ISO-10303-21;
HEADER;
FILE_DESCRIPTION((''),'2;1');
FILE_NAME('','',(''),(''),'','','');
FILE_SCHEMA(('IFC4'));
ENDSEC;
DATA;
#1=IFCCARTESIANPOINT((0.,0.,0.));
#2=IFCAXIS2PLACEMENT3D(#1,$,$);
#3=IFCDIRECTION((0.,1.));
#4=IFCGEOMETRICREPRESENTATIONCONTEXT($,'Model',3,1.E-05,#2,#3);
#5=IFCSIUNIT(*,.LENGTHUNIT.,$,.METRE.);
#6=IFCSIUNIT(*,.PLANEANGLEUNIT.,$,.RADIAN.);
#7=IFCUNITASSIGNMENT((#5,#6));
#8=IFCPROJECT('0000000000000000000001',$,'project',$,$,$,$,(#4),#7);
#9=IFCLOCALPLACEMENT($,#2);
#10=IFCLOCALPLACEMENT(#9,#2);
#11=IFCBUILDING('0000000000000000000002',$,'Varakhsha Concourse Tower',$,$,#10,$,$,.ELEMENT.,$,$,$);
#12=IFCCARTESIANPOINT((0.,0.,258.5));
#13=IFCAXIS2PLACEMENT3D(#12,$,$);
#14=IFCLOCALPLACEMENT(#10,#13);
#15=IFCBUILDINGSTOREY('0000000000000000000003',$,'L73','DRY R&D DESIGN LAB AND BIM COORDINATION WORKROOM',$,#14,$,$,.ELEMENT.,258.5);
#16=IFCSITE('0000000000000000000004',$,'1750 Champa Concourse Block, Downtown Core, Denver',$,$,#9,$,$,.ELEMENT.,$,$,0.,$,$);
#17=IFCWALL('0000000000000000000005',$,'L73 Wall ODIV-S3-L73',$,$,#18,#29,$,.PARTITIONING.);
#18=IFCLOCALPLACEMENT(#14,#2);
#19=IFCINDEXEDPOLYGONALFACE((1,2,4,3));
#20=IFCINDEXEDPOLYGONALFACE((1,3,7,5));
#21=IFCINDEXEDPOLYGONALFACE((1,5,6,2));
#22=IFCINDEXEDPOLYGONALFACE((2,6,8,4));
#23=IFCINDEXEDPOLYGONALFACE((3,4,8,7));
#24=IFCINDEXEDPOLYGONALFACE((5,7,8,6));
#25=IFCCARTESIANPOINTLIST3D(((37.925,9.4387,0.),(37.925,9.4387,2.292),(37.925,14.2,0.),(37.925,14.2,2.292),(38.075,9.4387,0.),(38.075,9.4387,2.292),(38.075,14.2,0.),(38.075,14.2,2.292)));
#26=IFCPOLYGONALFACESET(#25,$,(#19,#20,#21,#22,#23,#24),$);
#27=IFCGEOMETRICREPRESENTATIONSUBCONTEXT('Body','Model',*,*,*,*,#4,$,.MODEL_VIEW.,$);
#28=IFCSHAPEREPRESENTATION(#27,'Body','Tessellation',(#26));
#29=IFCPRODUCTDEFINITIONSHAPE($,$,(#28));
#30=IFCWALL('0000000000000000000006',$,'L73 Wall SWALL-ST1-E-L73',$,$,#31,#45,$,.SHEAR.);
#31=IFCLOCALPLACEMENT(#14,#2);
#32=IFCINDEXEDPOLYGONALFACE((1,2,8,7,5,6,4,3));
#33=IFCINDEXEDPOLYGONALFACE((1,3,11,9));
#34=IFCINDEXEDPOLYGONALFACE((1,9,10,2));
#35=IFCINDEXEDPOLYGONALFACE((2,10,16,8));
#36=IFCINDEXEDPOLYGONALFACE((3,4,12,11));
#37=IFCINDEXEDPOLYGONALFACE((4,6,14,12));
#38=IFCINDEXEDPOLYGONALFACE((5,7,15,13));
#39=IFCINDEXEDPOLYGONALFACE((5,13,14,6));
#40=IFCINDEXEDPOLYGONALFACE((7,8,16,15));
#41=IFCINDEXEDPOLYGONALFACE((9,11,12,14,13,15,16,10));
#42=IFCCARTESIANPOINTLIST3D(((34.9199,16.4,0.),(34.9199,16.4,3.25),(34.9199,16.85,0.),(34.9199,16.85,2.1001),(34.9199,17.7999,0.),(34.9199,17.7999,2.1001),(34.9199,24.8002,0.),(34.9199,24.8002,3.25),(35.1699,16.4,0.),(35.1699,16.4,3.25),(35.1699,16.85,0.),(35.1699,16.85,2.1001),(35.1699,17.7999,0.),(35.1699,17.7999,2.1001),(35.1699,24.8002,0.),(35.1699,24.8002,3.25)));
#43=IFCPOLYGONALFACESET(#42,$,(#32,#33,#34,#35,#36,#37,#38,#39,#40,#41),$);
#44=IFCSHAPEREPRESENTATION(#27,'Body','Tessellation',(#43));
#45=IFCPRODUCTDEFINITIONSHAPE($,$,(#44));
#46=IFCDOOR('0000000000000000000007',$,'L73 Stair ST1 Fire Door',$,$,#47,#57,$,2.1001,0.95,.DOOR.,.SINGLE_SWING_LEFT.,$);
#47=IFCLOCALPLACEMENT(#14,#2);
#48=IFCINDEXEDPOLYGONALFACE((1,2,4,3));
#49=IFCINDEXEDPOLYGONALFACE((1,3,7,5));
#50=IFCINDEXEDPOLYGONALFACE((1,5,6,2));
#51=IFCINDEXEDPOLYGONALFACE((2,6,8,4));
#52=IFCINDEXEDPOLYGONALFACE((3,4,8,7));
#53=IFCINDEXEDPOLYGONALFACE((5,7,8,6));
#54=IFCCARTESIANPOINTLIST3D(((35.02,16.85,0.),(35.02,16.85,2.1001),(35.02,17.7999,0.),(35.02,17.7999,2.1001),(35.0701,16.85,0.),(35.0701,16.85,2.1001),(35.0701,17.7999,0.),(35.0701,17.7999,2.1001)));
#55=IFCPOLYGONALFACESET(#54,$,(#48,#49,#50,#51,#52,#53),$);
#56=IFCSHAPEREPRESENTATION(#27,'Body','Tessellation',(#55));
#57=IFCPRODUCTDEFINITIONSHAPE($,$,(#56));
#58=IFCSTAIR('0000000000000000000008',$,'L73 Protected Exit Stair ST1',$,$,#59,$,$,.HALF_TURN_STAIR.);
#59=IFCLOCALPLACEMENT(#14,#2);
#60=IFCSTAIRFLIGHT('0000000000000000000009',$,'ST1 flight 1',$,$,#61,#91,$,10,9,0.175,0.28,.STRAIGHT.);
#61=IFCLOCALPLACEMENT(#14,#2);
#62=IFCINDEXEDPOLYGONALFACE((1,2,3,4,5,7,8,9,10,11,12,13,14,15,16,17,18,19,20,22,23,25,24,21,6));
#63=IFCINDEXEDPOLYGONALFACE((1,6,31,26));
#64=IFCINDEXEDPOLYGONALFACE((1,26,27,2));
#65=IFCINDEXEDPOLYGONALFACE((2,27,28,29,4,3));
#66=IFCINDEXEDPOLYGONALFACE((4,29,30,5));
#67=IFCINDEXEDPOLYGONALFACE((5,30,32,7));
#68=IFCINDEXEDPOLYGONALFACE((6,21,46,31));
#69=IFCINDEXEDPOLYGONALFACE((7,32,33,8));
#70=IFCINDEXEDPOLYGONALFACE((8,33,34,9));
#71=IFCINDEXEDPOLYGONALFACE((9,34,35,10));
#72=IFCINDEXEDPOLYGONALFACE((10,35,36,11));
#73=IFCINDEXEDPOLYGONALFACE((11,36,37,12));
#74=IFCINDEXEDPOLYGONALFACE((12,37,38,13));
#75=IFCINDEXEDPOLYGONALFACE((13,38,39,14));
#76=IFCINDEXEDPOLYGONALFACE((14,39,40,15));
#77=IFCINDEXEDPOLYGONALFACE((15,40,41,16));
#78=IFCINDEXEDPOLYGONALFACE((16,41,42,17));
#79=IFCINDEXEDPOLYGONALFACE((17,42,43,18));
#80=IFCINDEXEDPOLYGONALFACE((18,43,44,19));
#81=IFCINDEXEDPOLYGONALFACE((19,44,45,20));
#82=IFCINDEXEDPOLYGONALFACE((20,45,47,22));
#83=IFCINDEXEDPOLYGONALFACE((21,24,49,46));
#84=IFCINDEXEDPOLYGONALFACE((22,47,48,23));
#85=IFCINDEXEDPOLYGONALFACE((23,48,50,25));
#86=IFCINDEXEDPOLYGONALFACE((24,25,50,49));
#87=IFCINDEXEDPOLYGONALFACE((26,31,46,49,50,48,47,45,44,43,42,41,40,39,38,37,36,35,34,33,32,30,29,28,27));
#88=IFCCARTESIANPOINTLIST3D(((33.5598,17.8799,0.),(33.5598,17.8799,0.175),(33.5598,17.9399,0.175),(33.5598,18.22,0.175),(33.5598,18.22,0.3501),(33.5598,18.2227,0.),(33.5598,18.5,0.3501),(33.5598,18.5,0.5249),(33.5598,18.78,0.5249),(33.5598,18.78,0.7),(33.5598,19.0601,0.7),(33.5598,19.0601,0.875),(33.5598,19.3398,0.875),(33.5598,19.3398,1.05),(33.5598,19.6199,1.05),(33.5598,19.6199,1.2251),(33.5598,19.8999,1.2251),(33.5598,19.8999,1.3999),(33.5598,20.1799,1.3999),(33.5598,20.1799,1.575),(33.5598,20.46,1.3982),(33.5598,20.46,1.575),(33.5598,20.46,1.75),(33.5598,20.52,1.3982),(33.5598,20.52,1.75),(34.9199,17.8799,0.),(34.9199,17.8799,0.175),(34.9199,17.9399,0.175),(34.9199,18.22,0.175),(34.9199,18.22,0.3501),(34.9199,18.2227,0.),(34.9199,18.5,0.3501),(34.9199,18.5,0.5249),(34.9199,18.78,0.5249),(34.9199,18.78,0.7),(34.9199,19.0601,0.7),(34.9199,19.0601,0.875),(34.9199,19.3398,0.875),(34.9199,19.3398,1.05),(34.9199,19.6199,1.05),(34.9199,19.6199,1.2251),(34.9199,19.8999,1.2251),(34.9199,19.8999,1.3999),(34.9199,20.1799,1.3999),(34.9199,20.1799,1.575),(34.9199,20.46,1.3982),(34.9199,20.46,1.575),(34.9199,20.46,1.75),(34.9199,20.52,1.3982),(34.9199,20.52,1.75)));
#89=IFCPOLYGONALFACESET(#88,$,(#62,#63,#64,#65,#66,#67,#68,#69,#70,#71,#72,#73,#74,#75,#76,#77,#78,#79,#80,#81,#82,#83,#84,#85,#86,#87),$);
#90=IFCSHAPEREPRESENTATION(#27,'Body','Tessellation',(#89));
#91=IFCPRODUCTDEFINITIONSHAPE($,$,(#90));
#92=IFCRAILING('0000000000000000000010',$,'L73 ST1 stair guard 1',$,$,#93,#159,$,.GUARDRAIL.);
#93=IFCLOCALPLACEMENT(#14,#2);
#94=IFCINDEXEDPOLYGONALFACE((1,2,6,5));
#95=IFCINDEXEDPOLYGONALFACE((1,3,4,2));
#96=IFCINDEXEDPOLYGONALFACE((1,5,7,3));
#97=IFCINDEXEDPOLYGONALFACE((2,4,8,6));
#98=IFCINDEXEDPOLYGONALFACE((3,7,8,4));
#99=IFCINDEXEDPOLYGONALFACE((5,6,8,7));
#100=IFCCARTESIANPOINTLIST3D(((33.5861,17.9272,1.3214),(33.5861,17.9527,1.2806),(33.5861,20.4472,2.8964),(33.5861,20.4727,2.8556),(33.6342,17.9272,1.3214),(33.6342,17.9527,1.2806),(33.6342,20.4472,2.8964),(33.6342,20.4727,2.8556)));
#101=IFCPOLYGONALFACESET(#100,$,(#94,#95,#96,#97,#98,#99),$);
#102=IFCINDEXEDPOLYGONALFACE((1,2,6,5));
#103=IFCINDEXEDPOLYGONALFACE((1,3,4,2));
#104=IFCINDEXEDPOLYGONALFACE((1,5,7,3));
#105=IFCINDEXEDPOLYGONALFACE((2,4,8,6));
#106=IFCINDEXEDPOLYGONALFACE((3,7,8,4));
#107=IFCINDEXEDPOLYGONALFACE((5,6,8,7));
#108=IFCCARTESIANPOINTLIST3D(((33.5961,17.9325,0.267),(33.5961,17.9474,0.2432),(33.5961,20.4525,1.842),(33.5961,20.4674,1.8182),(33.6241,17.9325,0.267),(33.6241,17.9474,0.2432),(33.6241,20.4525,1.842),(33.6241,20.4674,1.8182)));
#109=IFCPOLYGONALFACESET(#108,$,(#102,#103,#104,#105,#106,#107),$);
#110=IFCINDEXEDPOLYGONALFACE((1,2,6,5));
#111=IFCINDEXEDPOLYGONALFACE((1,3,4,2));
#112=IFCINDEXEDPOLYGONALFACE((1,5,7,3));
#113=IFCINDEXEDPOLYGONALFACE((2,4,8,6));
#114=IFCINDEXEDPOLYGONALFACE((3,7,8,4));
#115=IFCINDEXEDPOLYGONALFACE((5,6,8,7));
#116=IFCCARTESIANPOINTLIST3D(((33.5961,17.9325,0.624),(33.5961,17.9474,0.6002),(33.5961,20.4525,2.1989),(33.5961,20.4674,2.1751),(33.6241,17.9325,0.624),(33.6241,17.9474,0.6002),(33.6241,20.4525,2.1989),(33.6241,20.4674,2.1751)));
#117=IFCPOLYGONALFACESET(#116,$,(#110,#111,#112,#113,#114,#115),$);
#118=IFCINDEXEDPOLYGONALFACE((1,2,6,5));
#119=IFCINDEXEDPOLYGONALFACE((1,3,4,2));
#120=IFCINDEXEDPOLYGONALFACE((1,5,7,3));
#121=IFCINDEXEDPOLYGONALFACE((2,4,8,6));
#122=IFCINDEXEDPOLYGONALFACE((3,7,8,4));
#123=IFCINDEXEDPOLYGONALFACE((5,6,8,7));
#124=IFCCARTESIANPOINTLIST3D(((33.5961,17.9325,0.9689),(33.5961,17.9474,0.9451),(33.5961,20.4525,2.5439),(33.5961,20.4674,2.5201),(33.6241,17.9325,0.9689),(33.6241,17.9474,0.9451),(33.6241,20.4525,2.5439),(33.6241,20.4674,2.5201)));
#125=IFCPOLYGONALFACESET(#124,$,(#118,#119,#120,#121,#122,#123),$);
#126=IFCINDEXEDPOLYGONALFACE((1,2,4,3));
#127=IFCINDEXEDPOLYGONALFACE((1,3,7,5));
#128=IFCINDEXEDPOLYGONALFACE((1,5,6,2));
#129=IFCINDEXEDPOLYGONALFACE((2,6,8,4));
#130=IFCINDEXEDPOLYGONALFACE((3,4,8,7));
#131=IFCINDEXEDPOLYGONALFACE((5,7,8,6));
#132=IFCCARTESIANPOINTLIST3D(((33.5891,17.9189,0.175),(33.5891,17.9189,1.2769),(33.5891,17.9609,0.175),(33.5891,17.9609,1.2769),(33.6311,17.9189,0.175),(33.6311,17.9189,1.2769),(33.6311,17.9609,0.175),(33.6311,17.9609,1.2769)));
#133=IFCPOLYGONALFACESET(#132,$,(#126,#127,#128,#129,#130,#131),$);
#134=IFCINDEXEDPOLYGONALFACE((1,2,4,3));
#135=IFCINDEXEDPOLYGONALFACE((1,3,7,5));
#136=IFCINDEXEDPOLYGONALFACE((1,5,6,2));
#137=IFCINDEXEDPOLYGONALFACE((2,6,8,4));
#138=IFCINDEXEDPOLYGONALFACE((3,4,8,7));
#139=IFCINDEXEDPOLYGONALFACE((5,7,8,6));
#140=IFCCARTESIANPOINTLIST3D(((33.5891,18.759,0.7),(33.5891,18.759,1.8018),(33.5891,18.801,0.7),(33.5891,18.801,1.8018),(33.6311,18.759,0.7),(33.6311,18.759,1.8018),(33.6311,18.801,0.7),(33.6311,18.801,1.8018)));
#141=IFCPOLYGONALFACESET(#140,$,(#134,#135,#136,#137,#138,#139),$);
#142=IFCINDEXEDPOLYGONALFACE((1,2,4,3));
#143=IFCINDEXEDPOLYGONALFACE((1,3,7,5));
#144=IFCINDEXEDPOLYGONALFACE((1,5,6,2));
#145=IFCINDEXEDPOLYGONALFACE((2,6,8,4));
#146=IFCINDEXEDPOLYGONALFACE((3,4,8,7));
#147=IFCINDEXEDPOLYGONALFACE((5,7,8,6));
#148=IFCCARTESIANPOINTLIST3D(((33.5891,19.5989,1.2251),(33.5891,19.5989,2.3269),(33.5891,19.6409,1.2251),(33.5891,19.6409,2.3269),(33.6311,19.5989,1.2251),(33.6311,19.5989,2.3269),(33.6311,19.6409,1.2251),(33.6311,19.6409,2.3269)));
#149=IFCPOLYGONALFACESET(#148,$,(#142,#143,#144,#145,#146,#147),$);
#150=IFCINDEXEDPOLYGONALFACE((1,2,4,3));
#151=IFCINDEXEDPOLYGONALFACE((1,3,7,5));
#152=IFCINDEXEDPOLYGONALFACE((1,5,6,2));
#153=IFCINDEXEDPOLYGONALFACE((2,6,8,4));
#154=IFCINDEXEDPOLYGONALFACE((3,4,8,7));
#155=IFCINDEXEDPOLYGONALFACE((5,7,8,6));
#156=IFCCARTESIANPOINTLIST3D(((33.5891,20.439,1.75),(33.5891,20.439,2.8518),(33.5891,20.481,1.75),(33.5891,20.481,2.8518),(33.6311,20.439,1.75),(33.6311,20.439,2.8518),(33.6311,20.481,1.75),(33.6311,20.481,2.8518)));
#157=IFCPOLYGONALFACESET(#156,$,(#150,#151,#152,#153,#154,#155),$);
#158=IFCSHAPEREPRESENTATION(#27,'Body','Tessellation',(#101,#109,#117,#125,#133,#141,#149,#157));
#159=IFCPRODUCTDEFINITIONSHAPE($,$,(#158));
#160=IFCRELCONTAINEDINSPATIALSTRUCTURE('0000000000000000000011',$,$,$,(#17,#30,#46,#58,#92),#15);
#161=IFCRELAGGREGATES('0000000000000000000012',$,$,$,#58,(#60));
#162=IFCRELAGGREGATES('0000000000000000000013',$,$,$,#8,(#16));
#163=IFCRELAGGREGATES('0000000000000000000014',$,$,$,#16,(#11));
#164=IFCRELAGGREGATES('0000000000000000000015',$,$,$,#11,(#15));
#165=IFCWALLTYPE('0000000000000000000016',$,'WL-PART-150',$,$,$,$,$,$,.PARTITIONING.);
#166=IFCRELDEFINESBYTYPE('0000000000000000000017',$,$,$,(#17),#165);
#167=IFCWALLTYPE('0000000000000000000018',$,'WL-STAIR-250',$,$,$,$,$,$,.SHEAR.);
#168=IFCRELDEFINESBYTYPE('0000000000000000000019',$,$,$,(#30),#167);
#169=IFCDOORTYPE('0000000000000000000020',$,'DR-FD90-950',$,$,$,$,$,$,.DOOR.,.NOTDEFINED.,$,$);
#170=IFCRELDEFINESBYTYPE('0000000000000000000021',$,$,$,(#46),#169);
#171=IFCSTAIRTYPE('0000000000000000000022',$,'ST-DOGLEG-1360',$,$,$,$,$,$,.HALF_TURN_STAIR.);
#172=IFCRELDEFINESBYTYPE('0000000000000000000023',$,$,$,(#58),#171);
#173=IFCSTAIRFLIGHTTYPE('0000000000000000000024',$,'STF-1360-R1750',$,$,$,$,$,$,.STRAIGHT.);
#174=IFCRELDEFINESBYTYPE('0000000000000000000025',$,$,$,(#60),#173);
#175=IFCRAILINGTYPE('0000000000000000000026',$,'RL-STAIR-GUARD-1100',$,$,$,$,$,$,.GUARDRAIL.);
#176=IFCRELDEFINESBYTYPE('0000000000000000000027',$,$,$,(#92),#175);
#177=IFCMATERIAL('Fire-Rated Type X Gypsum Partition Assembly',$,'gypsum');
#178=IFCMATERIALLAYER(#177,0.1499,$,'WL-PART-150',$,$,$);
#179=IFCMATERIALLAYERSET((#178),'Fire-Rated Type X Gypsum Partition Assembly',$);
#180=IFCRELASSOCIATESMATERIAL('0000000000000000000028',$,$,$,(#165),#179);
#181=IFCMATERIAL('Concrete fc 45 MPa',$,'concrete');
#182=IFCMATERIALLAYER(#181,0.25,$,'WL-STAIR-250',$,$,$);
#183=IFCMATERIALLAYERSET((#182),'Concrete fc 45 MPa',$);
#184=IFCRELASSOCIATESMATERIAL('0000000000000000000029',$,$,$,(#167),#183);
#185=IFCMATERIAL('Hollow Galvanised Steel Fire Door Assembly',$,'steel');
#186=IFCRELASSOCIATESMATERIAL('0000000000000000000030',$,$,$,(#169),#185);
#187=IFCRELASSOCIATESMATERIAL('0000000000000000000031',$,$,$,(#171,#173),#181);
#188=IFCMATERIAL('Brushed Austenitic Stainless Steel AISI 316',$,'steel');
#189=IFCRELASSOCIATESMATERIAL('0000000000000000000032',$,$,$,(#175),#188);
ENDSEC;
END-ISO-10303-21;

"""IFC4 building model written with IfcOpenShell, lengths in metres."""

from ifc_helpers import new_model, si_unit, direction, frame, frame_2d, origin, origin_2d, place, context, subcontext, project, spatial, polyline, rectangle, outline, extrude, material, layer, layer_set, type_object, element, fill, aggregate, save


model = new_model("IFC4")

# Units and contexts
model_context = context("Model", 3, precision=1e-05, world=origin(), true_north=direction((0.0, 1.0)))
body_context = subcontext(model_context, "Body", "Model", "MODEL_VIEW")
ifc_project = project(units=[si_unit("LENGTHUNIT", "METRE"), si_unit("PLANEANGLEUNIT", "RADIAN")], contexts=[model_context])

# Site, building, storey
site_placement = place(None, origin())
site = spatial("IfcSite", under=ifc_project, at=site_placement, Name="1750 Champa Concourse Block, Downtown Core, Denver", CompositionType="ELEMENT", RefElevation=0.0)
building_placement = place(site_placement, origin())
building = spatial("IfcBuilding", under=site, at=building_placement, Name="Varakhsha Concourse Tower", CompositionType="ELEMENT")
storey_placement = place(building_placement, frame((0.0, 0.0, 258.5)))
storey = spatial("IfcBuildingStorey", under=building, at=storey_placement, Name="L73", Description="DRY R&D DESIGN LAB AND BIM COORDINATION WORKROOM", CompositionType="ELEMENT", Elevation=258.5)

# Shared definitions
ifc_material_1 = material(Name="Fire-Rated Type X Gypsum Partition Assembly", Category="gypsum")
ifc_material_2 = material(Name="Hollow Galvanised Steel Fire Door Assembly", Category="steel")

# Wall
ifc_layer_1 = layer(ifc_material_1, 0.1499, Name="WL-PART-150")
ifc_layer_set_1 = layer_set([ifc_layer_1], Name="Fire-Rated Type X Gypsum Partition Assembly")
wall_type_1 = type_object("IfcWallType", Name="WL-PART-150", PredefinedType="PARTITIONING", material=ifc_layer_set_1)
wall_1_placement = place(storey_placement, frame((38.0, 9.4387, 0.0), z_axis=(0.0, 0.0, 1.0), x_axis=(0.0, 1.0, 0.0)))
element("IfcWall", 1, at=wall_1_placement, inside=storey, type_object=wall_type_1, Name="L73 Wall ODIV-S3-L73", PredefinedType="PARTITIONING", context=body_context, shape_type="SweptSolid", body=[
    extrude(rectangle(XDim=4.7612, YDim=0.1499, at=frame_2d((2.3806, 0.0))), origin(), (0.0, 0.0, 1.0), 2.292),
])

# Wall, opening, door
ifc_material_3 = material(Name="Concrete fc 45 MPa", Category="concrete")
ifc_layer_2 = layer(ifc_material_3, 0.25, Name="WL-STAIR-250")
ifc_layer_set_2 = layer_set([ifc_layer_2], Name="Concrete fc 45 MPa")
wall_type_2 = type_object("IfcWallType", Name="WL-STAIR-250", PredefinedType="SHEAR", material=ifc_layer_set_2)
wall_2_placement = place(storey_placement, frame((35.0449, 16.3999, 0.0), z_axis=(0.0, 0.0, 1.0), x_axis=(0.0, 1.0, 0.0)))
wall_2 = element("IfcWall", 2, at=wall_2_placement, inside=storey, type_object=wall_type_2, Name="L73 Wall SWALL-ST1-E-L73", PredefinedType="SHEAR", context=body_context, shape_type="SweptSolid", body=[
    extrude(rectangle(XDim=8.4001, YDim=0.25, at=frame_2d((4.2002, 0.0))), origin(), (0.0, 0.0, 1.0), 3.25),
])
opening_1_placement = place(wall_2_placement, frame((0.45, 0.0, 0.0)))
opening_1 = element("IfcOpeningElement", 3, at=opening_1_placement, cuts=wall_2, PredefinedType="OPENING", context=body_context, shape_type="SweptSolid", body=[
    extrude(rectangle(XDim=0.95, YDim=2.1001, at=frame_2d((0.4751, 1.05))), frame((0.0, 0.135, 0.0), z_axis=(0.0, -1.0, 0.0), x_axis=(1.0, 0.0, 0.0)), (0.0, 0.0, 1.0), 0.27),
])
door_type_1 = type_object("IfcDoorType", Name="DR-FD90-950", OperationType="NOTDEFINED", PredefinedType="DOOR", material=ifc_material_2)
door_1_placement = place(opening_1_placement, origin())
door_1 = element("IfcDoor", 4, at=door_1_placement, inside=storey, type_object=door_type_1, Name="L73 Stair ST1 Fire Door", OperationType="SINGLE_SWING_LEFT", OverallHeight=2.1001, OverallWidth=0.95, PredefinedType="DOOR", context=body_context, shape_type="SweptSolid", body=[
    extrude(rectangle(XDim=0.95, YDim=2.1001, at=frame_2d((0.4751, 1.05))), frame((0.0, 0.0249, 0.0), z_axis=(0.0, -1.0, 0.0), x_axis=(1.0, 0.0, 0.0)), (0.0, 0.0, 1.0), 0.05),
])
fill(opening_1, door_1)

# Stair, stair flight
stair_type = type_object("IfcStairType", Name="ST-DOGLEG-1360", PredefinedType="HALF_TURN_STAIR", material=ifc_material_3)
stair_placement = place(storey_placement, origin())
stair = element("IfcStair", 5, at=stair_placement, inside=storey, type_object=stair_type, Name="L73 Protected Exit Stair ST1", PredefinedType="HALF_TURN_STAIR")
stair_flight_type = type_object("IfcStairFlightType", Name="STF-1360-R1750", PredefinedType="STRAIGHT", material=ifc_material_3)
stair_flight_placement = place(storey_placement, frame((34.24, 17.9399, 0.0), z_axis=(0.0, 0.0, 1.0), x_axis=(0.0, 1.0, 0.0)))
stair_flight = element("IfcStairFlight", 6, at=stair_flight_placement, type_object=stair_flight_type, Name="ST1 flight 1", NumberOfRisers=10, NumberOfTreads=9, PredefinedType="STRAIGHT", RiserHeight=0.175, TreadLength=0.28, context=body_context, shape_type="SweptSolid", body=[
    extrude(outline(polyline([(-0.0601, 0.0), (-0.0601, 0.175), (0.0, 0.175), (0.28, 0.175), (0.28, 0.3501), (0.5601, 0.3501), (0.5601, 0.5249), (0.8401, 0.5249), (0.8401, 0.7), (1.1201, 0.7), (1.1201, 0.875), (1.3999, 0.875), (1.3999, 1.05), (1.6799, 1.05), (1.6799, 1.2251), (1.96, 1.2251), (1.96, 1.3999), (2.24, 1.3999), (2.24, 1.575), (2.52, 1.575), (2.52, 1.75), (2.5801, 1.75), (2.5801, 1.3982), (2.52, 1.3982), (0.2827, 0.0), (-0.0601, 0.0)])), frame((0.0, 0.6802, 0.0), z_axis=(0.0, -1.0, 0.0), x_axis=(1.0, 0.0, 0.0)), (0.0, 0.0, 1.0), 1.3601),
])
aggregate(stair, [stair_flight])

# Railing
ifc_material_4 = material(Name="Brushed Austenitic Stainless Steel AISI 316", Category="steel")
railing_type_1 = type_object("IfcRailingType", Name="RL-STAIR-GUARD-1100", PredefinedType="GUARDRAIL", material=ifc_material_4)
railing_1_placement = place(storey_placement, frame((33.6101, 17.9399, 0.175)))
element("IfcRailing", 7, at=railing_1_placement, inside=storey, type_object=railing_type_1, Name="L73 ST1 stair guard 1", PredefinedType="GUARDRAIL", context=body_context, shape_type="SweptSolid", body=[
    extrude(rectangle(XDim=0.0481, YDim=0.0481, at=origin_2d()), frame((0.0, 0.0, 1.126), z_axis=(0.0, 0.848008, 0.529984), x_axis=(-1.0, 0.0, 0.0)), (0.0, 0.0, 1.0), 2.9717),
    extrude(rectangle(XDim=0.0281, YDim=0.0281, at=origin_2d()), frame((0.0, 0.0, 0.0801), z_axis=(0.0, 0.848008, 0.529984), x_axis=(-1.0, 0.0, 0.0)), (0.0, 0.0, 1.0), 2.9717),
    extrude(rectangle(XDim=0.0281, YDim=0.0281, at=origin_2d()), frame((0.0, 0.0, 0.437), z_axis=(0.0, 0.848008, 0.529984), x_axis=(-1.0, 0.0, 0.0)), (0.0, 0.0, 1.0), 2.9717),
    extrude(rectangle(XDim=0.0281, YDim=0.0281, at=origin_2d()), frame((0.0, 0.0, 0.782), z_axis=(0.0, 0.848008, 0.529984), x_axis=(-1.0, 0.0, 0.0)), (0.0, 0.0, 1.0), 2.9717),
    extrude(rectangle(XDim=0.042, YDim=0.042, at=origin_2d()), origin(), (0.0, 0.0, 1.0), 1.1018),
    extrude(rectangle(XDim=0.042, YDim=0.042, at=origin_2d()), frame((0.0, 0.8401, 0.5249)), (0.0, 0.0, 1.0), 1.1018),
    extrude(rectangle(XDim=0.042, YDim=0.042, at=origin_2d()), frame((0.0, 1.6799, 1.05)), (0.0, 0.0, 1.0), 1.1018),
    extrude(rectangle(XDim=0.042, YDim=0.042, at=origin_2d()), frame((0.0, 2.52, 1.575)), (0.0, 0.0, 1.0), 1.1018),
])

save(model, "model.ifc")
